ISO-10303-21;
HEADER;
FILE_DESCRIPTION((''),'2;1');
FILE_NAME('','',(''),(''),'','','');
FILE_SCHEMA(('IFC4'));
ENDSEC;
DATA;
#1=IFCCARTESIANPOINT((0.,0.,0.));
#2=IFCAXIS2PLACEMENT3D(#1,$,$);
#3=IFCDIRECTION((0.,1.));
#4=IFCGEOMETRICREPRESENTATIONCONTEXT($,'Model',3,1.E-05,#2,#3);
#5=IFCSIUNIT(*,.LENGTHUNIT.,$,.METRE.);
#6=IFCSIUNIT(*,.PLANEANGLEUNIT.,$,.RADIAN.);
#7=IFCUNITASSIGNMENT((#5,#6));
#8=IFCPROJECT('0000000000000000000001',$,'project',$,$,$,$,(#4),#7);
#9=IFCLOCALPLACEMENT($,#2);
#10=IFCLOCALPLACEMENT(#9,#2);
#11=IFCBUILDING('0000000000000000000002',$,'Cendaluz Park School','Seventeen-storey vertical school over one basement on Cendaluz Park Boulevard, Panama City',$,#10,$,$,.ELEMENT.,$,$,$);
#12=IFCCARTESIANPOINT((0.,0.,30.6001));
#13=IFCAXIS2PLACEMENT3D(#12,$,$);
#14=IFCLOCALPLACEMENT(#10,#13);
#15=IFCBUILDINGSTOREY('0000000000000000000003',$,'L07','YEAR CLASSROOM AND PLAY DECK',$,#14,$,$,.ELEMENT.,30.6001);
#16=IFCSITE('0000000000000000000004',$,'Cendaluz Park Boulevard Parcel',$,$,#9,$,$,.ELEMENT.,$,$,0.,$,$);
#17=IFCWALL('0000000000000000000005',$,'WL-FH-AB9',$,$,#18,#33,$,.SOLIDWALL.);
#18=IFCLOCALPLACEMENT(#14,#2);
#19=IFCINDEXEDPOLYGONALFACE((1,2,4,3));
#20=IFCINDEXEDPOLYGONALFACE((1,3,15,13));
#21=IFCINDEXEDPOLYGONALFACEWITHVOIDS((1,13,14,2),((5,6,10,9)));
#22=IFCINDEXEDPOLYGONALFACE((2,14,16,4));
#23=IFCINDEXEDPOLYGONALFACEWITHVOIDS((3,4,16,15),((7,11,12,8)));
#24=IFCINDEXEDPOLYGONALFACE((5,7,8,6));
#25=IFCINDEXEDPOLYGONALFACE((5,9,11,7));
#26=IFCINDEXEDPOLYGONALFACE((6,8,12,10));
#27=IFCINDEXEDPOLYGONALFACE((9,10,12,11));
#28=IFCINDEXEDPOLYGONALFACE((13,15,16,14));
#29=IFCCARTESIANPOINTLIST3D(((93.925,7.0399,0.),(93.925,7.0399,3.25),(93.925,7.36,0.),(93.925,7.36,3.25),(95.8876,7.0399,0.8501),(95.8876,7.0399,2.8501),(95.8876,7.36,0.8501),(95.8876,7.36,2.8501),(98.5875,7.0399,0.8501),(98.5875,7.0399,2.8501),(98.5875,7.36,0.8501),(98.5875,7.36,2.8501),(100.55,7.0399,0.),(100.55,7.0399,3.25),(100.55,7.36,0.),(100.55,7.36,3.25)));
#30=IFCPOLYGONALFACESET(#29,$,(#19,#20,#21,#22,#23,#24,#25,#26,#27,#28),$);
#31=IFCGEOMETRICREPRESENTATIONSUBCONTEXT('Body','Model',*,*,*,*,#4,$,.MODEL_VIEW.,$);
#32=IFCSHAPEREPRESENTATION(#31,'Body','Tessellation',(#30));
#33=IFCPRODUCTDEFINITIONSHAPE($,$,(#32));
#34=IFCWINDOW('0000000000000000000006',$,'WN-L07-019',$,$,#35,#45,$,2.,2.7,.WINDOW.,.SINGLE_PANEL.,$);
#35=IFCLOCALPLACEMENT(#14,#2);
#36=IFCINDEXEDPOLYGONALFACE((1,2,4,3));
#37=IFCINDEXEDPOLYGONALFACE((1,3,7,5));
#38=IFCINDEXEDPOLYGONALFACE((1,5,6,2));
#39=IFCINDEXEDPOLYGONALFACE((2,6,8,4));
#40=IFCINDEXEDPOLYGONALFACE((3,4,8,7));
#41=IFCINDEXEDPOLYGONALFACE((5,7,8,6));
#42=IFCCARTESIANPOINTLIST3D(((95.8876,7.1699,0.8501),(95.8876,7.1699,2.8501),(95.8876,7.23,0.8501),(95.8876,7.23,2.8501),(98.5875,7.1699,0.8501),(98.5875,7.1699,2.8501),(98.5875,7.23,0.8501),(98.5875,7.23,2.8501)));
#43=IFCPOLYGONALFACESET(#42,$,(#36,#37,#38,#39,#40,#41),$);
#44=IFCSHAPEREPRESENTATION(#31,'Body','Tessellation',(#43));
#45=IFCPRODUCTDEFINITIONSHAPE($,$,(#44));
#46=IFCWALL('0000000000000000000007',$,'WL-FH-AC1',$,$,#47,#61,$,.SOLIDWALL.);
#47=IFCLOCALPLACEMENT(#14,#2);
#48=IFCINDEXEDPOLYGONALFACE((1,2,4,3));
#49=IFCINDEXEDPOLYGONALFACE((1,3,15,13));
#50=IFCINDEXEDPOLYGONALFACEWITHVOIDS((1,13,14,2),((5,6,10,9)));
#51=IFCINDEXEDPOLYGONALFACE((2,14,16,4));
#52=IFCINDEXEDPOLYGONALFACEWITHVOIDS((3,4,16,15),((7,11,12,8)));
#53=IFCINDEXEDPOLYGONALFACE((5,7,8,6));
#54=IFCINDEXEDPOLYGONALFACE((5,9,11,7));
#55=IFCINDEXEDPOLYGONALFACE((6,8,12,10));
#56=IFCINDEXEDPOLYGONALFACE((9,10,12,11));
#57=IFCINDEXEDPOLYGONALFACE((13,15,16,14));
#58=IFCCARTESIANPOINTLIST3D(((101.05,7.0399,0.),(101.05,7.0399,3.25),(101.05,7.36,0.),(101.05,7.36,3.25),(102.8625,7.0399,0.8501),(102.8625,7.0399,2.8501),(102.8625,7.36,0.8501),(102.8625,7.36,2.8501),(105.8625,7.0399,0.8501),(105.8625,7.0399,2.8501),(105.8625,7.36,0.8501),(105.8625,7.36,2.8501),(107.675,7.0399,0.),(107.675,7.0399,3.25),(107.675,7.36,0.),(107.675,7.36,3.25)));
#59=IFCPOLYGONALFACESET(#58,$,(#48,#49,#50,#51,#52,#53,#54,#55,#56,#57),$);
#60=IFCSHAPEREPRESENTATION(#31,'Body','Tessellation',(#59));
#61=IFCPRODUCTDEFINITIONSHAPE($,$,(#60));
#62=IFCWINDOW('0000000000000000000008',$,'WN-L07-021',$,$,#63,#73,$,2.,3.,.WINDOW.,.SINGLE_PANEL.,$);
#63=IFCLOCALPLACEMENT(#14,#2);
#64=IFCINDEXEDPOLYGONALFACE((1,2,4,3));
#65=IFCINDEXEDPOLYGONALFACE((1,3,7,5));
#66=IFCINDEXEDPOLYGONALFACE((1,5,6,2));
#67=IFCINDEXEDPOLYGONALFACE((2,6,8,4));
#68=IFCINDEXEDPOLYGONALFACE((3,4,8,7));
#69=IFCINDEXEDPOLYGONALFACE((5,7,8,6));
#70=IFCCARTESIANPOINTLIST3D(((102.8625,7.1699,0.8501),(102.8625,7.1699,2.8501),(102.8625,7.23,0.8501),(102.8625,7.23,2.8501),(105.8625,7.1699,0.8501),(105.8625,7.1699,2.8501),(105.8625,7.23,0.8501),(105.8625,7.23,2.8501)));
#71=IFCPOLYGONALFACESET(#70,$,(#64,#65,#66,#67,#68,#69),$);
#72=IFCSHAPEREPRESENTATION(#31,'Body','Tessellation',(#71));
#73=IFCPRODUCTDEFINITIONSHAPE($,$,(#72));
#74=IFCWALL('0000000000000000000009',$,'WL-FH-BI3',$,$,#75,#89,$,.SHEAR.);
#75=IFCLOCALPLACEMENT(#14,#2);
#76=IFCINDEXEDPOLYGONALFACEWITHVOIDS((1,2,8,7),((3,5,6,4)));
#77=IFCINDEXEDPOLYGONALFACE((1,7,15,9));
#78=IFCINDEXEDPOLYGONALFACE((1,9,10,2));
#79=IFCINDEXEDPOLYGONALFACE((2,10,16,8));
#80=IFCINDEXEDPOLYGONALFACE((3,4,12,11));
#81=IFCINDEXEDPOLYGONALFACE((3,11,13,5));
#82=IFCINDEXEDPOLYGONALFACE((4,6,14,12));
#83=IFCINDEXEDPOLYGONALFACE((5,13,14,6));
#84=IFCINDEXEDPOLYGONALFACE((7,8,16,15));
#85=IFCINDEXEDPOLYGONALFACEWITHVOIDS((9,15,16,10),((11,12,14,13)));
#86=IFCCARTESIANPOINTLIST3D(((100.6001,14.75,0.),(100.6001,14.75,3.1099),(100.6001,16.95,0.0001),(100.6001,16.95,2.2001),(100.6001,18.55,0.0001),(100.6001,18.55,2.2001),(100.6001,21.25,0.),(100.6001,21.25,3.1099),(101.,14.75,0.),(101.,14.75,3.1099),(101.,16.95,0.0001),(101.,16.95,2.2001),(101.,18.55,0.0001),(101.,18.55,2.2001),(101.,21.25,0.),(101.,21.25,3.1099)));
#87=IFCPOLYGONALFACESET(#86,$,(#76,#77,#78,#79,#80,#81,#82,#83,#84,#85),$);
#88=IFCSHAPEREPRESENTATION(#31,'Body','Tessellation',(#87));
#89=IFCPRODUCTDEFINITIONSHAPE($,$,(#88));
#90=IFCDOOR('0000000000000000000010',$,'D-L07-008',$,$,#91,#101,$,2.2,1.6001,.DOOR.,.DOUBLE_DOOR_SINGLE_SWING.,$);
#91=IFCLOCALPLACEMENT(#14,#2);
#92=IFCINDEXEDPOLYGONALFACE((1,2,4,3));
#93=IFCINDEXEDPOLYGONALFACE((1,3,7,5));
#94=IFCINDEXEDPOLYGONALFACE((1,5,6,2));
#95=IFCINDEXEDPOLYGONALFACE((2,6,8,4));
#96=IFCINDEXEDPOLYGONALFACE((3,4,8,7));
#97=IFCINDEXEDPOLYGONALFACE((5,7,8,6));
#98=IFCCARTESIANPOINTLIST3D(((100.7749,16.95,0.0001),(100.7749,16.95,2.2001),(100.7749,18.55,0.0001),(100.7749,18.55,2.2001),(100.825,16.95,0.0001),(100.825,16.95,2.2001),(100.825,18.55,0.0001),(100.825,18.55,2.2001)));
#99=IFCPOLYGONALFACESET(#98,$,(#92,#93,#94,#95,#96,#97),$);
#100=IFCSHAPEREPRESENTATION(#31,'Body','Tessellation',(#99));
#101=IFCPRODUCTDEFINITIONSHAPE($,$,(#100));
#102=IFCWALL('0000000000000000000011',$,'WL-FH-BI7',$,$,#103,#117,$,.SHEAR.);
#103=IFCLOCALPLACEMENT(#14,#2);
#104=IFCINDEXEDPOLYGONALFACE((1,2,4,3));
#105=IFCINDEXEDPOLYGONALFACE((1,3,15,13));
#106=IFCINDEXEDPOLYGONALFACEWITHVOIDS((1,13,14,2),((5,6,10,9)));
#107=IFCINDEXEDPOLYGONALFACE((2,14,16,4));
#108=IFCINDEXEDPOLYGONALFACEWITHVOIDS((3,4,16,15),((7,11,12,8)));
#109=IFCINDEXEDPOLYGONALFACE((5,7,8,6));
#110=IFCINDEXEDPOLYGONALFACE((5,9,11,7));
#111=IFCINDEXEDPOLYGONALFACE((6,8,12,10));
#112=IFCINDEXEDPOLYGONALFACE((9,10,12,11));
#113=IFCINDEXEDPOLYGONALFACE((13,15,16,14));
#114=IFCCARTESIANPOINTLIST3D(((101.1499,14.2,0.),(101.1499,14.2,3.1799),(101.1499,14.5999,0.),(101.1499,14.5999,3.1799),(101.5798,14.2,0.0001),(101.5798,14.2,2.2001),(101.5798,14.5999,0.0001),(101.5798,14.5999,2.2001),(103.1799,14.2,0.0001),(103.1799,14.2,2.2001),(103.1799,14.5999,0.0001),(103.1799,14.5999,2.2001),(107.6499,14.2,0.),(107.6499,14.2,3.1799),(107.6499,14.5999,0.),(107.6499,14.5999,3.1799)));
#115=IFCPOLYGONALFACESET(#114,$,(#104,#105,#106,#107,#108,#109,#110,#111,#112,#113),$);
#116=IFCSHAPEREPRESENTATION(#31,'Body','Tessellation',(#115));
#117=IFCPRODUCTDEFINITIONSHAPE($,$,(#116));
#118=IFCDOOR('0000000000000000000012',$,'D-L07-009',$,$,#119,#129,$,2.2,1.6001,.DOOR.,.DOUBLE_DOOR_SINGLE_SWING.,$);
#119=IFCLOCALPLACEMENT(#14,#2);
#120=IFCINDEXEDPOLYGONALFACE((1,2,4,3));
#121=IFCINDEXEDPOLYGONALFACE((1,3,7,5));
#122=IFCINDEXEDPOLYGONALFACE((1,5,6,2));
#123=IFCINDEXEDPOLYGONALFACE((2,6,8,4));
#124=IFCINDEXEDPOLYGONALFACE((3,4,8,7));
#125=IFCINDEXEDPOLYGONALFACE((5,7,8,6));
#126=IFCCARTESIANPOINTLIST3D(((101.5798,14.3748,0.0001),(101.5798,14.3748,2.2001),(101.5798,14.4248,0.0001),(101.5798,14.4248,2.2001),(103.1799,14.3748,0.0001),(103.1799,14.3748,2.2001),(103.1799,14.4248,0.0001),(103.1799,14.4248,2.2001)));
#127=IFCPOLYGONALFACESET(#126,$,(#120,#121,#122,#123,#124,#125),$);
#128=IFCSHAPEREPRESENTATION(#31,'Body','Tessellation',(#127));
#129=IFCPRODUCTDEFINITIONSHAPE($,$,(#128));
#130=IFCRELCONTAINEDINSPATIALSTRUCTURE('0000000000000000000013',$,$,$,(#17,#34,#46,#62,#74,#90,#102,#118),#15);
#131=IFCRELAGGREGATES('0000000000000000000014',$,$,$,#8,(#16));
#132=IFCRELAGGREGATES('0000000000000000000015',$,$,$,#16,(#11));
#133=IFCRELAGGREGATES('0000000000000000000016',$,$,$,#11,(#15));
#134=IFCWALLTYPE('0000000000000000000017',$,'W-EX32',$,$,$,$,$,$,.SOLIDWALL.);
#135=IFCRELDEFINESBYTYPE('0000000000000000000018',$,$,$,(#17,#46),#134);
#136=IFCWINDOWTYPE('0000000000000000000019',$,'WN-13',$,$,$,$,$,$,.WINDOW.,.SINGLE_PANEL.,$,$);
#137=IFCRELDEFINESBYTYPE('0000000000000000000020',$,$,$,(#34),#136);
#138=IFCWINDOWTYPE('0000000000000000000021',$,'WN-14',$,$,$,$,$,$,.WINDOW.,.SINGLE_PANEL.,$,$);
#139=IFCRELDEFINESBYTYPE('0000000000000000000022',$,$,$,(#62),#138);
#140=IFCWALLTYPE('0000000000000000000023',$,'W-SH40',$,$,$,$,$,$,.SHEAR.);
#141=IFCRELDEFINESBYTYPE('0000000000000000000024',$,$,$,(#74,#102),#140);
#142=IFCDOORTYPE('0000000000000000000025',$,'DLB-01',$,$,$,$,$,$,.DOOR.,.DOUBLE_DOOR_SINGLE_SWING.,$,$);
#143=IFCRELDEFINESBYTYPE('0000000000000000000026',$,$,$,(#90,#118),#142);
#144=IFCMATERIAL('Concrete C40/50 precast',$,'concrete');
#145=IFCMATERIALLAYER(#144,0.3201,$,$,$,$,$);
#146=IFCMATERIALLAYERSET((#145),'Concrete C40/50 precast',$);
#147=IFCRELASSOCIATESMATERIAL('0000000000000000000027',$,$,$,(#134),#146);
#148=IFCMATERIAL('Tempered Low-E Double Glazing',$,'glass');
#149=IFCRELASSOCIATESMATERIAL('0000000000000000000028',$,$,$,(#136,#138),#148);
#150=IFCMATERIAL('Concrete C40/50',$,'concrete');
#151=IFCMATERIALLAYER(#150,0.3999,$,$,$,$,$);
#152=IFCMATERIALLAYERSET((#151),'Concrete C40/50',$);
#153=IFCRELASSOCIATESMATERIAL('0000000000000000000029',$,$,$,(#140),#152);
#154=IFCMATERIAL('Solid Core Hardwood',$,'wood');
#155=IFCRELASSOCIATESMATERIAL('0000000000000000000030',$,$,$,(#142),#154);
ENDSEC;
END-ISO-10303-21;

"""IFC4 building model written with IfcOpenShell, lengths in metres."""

from ifc_helpers import new_model, si_unit, direction, frame, frame_2d, origin, place, context, subcontext, project, spatial, rectangle, extrude, material, layer, layer_set, type_object, element, fill, save


model = new_model("IFC4")

# Units and contexts
model_context = context("Model", 3, precision=1e-05, world=origin(), true_north=direction((0.0, 1.0)))
body_context = subcontext(model_context, "Body", "Model", "MODEL_VIEW")
ifc_project = project(units=[si_unit("LENGTHUNIT", "METRE"), si_unit("PLANEANGLEUNIT", "RADIAN")], contexts=[model_context])

# Site, building, storey
site_placement = place(None, origin())
site = spatial("IfcSite", under=ifc_project, at=site_placement, Name="Cendaluz Park Boulevard Parcel", CompositionType="ELEMENT", RefElevation=0.0)
building_placement = place(site_placement, origin())
building = spatial("IfcBuilding", under=site, at=building_placement, Name="Cendaluz Park School", Description="Seventeen-storey vertical school over one basement on Cendaluz Park Boulevard, Panama City", CompositionType="ELEMENT")
storey_placement = place(building_placement, frame((0.0, 0.0, 30.6001)))
storey = spatial("IfcBuildingStorey", under=building, at=storey_placement, Name="L07", Description="YEAR CLASSROOM AND PLAY DECK", CompositionType="ELEMENT", Elevation=30.6001)

# Shared definitions
ifc_material_1 = material(Name="Concrete C40/50", Category="concrete")

# Shared definitions
ifc_material_2 = material(Name="Solid Core Hardwood", Category="wood")

# Walls, openings, windows
ifc_material_3 = material(Name="Concrete C40/50 precast", Category="concrete")
ifc_layer_1 = layer(ifc_material_3, 0.3201)
ifc_layer_set_1 = layer_set([ifc_layer_1], Name="Concrete C40/50 precast")
wall_type_1 = type_object("IfcWallType", Name="W-EX32", PredefinedType="SOLIDWALL", material=ifc_layer_set_1)
ifc_material_4 = material(Name="Tempered Low-E Double Glazing", Category="glass")
wall_1_placement = place(storey_placement, frame((93.925, 7.2, 0.0), z_axis=(0.0, 0.0, 1.0), x_axis=(1.0, 0.0, 0.0)))
wall_1 = element("IfcWall", 1, at=wall_1_placement, inside=storey, type_object=wall_type_1, Name="WL-FH-AB9", PredefinedType="SOLIDWALL", context=body_context, shape_type="SweptSolid", body=[
    extrude(rectangle(XDim=6.625, YDim=0.3201, at=frame_2d((3.3125, 0.0))), origin(), (0.0, 0.0, 1.0), 3.25),
])
opening_1_placement = place(wall_1_placement, frame((1.9624, 0.0, 0.8501)))
opening_1 = element("IfcOpeningElement", 2, at=opening_1_placement, cuts=wall_1, PredefinedType="OPENING", context=body_context, shape_type="SweptSolid", body=[
    extrude(rectangle(XDim=2.7, YDim=2.0, at=frame_2d((1.3501, 1.0))), frame((0.0, 0.1721, 0.0), z_axis=(0.0, -1.0, 0.0), x_axis=(1.0, 0.0, 0.0)), (0.0, 0.0, 1.0), 0.344),
])
window_type_1 = type_object("IfcWindowType", Name="WN-13", PartitioningType="SINGLE_PANEL", PredefinedType="WINDOW", material=ifc_material_4)
window_1_placement = place(opening_1_placement, origin())
window_1 = element("IfcWindow", 3, at=window_1_placement, inside=storey, type_object=window_type_1, Name="WN-L07-019", OverallHeight=2.0, OverallWidth=2.7, PartitioningType="SINGLE_PANEL", PredefinedType="WINDOW", context=body_context, shape_type="SweptSolid", body=[
    extrude(rectangle(XDim=2.7, YDim=2.0, at=frame_2d((1.3501, 1.0))), frame((0.0, 0.03, 0.0), z_axis=(0.0, -1.0, 0.0), x_axis=(1.0, 0.0, 0.0)), (0.0, 0.0, 1.0), 0.0601),
])
fill(opening_1, window_1)
wall_2_placement = place(storey_placement, frame((101.05, 7.2, 0.0), z_axis=(0.0, 0.0, 1.0), x_axis=(1.0, 0.0, 0.0)))
wall_2 = element("IfcWall", 4, at=wall_2_placement, inside=storey, type_object=wall_type_1, Name="WL-FH-AC1", PredefinedType="SOLIDWALL", context=body_context, shape_type="SweptSolid", body=[
    extrude(rectangle(XDim=6.625, YDim=0.3201, at=frame_2d((3.3125, 0.0))), origin(), (0.0, 0.0, 1.0), 3.25),
])
opening_2_placement = place(wall_2_placement, frame((1.8125, 0.0, 0.8501)))
opening_2 = element("IfcOpeningElement", 5, at=opening_2_placement, cuts=wall_2, PredefinedType="OPENING", context=body_context, shape_type="SweptSolid", body=[
    extrude(rectangle(XDim=3.0, YDim=2.0, at=frame_2d((1.5, 1.0))), frame((0.0, 0.1721, 0.0), z_axis=(0.0, -1.0, 0.0), x_axis=(1.0, 0.0, 0.0)), (0.0, 0.0, 1.0), 0.344),
])
window_type_2 = type_object("IfcWindowType", Name="WN-14", PartitioningType="SINGLE_PANEL", PredefinedType="WINDOW", material=ifc_material_4)
window_2_placement = place(opening_2_placement, origin())
window_2 = element("IfcWindow", 6, at=window_2_placement, inside=storey, type_object=window_type_2, Name="WN-L07-021", OverallHeight=2.0, OverallWidth=3.0, PartitioningType="SINGLE_PANEL", PredefinedType="WINDOW", context=body_context, shape_type="SweptSolid", body=[
    extrude(rectangle(XDim=3.0, YDim=2.0, at=frame_2d((1.5, 1.0))), frame((0.0, 0.03, 0.0), z_axis=(0.0, -1.0, 0.0), x_axis=(1.0, 0.0, 0.0)), (0.0, 0.0, 1.0), 0.0601),
])
fill(opening_2, window_2)

# Walls, openings, doors
ifc_layer_2 = layer(ifc_material_1, 0.3999)
ifc_layer_set_2 = layer_set([ifc_layer_2], Name="Concrete C40/50")
wall_type_2 = type_object("IfcWallType", Name="W-SH40", PredefinedType="SHEAR", material=ifc_layer_set_2)
wall_3_placement = place(storey_placement, frame((100.8, 14.75, 0.0), z_axis=(0.0, 0.0, 1.0), x_axis=(0.0, 1.0, 0.0)))
wall_3 = element("IfcWall", 7, at=wall_3_placement, inside=storey, type_object=wall_type_2, Name="WL-FH-BI3", PredefinedType="SHEAR", context=body_context, shape_type="SweptSolid", body=[
    extrude(rectangle(XDim=6.5, YDim=0.3999, at=frame_2d((3.25, 0.0))), origin(), (0.0, 0.0, 1.0), 3.1099),
])
opening_3_placement = place(wall_3_placement, frame((2.2, 0.0, 0.0)))
opening_3 = element("IfcOpeningElement", 8, at=opening_3_placement, cuts=wall_3, PredefinedType="OPENING", context=body_context, shape_type="SweptSolid", body=[
    extrude(rectangle(XDim=1.6001, YDim=2.2, at=frame_2d((0.8, 1.1001))), frame((0.0, 0.2119, 0.0), z_axis=(0.0, -1.0, 0.0), x_axis=(1.0, 0.0, 0.0)), (0.0, 0.0, 1.0), 0.4238),
])
door_type_1 = type_object("IfcDoorType", Name="DLB-01", OperationType="DOUBLE_DOOR_SINGLE_SWING", PredefinedType="DOOR", material=ifc_material_2)
door_1_placement = place(opening_3_placement, frame((1.6001, 0.0, 0.0), z_axis=(0.0, 0.0, 1.0), x_axis=(-1.0, 0.0, 0.0)))
door_1 = element("IfcDoor", 9, at=door_1_placement, inside=storey, type_object=door_type_1, Name="D-L07-008", OperationType="DOUBLE_DOOR_SINGLE_SWING", OverallHeight=2.2, OverallWidth=1.6001, PredefinedType="DOOR", context=body_context, shape_type="SweptSolid", body=[
    extrude(rectangle(XDim=1.6001, YDim=2.2, at=frame_2d((0.8, 1.1001))), frame((0.0, 0.0249, 0.0), z_axis=(0.0, -1.0, 0.0), x_axis=(1.0, 0.0, 0.0)), (0.0, 0.0, 1.0), 0.05),
])
fill(opening_3, door_1)
wall_4_placement = place(storey_placement, frame((101.1499, 14.3999, 0.0), z_axis=(0.0, 0.0, 1.0), x_axis=(1.0, 0.0, 0.0)))
wall_4 = element("IfcWall", 10, at=wall_4_placement, inside=storey, type_object=wall_type_2, Name="WL-FH-BI7", PredefinedType="SHEAR", context=body_context, shape_type="SweptSolid", body=[
    extrude(rectangle(XDim=6.5, YDim=0.3999, at=frame_2d((3.25, 0.0))), origin(), (0.0, 0.0, 1.0), 3.1799),
])
opening_4_placement = place(wall_4_placement, frame((0.4299, 0.0, 0.0)))
opening_4 = element("IfcOpeningElement", 11, at=opening_4_placement, cuts=wall_4, PredefinedType="OPENING", context=body_context, shape_type="SweptSolid", body=[
    extrude(rectangle(XDim=1.6001, YDim=2.2, at=frame_2d((0.8, 1.1001))), frame((0.0, 0.2119, 0.0), z_axis=(0.0, -1.0, 0.0), x_axis=(1.0, 0.0, 0.0)), (0.0, 0.0, 1.0), 0.4238),
])
door_2_placement = place(opening_4_placement, origin())
door_2 = element("IfcDoor", 12, at=door_2_placement, inside=storey, type_object=door_type_1, Name="D-L07-009", OperationType="DOUBLE_DOOR_SINGLE_SWING", OverallHeight=2.2, OverallWidth=1.6001, PredefinedType="DOOR", context=body_context, shape_type="SweptSolid", body=[
    extrude(rectangle(XDim=1.6001, YDim=2.2, at=frame_2d((0.8, 1.1001))), frame((0.0, 0.0249, 0.0), z_axis=(0.0, -1.0, 0.0), x_axis=(1.0, 0.0, 0.0)), (0.0, 0.0, 1.0), 0.05),
])
fill(opening_4, door_2)

save(model, "model.ifc")
